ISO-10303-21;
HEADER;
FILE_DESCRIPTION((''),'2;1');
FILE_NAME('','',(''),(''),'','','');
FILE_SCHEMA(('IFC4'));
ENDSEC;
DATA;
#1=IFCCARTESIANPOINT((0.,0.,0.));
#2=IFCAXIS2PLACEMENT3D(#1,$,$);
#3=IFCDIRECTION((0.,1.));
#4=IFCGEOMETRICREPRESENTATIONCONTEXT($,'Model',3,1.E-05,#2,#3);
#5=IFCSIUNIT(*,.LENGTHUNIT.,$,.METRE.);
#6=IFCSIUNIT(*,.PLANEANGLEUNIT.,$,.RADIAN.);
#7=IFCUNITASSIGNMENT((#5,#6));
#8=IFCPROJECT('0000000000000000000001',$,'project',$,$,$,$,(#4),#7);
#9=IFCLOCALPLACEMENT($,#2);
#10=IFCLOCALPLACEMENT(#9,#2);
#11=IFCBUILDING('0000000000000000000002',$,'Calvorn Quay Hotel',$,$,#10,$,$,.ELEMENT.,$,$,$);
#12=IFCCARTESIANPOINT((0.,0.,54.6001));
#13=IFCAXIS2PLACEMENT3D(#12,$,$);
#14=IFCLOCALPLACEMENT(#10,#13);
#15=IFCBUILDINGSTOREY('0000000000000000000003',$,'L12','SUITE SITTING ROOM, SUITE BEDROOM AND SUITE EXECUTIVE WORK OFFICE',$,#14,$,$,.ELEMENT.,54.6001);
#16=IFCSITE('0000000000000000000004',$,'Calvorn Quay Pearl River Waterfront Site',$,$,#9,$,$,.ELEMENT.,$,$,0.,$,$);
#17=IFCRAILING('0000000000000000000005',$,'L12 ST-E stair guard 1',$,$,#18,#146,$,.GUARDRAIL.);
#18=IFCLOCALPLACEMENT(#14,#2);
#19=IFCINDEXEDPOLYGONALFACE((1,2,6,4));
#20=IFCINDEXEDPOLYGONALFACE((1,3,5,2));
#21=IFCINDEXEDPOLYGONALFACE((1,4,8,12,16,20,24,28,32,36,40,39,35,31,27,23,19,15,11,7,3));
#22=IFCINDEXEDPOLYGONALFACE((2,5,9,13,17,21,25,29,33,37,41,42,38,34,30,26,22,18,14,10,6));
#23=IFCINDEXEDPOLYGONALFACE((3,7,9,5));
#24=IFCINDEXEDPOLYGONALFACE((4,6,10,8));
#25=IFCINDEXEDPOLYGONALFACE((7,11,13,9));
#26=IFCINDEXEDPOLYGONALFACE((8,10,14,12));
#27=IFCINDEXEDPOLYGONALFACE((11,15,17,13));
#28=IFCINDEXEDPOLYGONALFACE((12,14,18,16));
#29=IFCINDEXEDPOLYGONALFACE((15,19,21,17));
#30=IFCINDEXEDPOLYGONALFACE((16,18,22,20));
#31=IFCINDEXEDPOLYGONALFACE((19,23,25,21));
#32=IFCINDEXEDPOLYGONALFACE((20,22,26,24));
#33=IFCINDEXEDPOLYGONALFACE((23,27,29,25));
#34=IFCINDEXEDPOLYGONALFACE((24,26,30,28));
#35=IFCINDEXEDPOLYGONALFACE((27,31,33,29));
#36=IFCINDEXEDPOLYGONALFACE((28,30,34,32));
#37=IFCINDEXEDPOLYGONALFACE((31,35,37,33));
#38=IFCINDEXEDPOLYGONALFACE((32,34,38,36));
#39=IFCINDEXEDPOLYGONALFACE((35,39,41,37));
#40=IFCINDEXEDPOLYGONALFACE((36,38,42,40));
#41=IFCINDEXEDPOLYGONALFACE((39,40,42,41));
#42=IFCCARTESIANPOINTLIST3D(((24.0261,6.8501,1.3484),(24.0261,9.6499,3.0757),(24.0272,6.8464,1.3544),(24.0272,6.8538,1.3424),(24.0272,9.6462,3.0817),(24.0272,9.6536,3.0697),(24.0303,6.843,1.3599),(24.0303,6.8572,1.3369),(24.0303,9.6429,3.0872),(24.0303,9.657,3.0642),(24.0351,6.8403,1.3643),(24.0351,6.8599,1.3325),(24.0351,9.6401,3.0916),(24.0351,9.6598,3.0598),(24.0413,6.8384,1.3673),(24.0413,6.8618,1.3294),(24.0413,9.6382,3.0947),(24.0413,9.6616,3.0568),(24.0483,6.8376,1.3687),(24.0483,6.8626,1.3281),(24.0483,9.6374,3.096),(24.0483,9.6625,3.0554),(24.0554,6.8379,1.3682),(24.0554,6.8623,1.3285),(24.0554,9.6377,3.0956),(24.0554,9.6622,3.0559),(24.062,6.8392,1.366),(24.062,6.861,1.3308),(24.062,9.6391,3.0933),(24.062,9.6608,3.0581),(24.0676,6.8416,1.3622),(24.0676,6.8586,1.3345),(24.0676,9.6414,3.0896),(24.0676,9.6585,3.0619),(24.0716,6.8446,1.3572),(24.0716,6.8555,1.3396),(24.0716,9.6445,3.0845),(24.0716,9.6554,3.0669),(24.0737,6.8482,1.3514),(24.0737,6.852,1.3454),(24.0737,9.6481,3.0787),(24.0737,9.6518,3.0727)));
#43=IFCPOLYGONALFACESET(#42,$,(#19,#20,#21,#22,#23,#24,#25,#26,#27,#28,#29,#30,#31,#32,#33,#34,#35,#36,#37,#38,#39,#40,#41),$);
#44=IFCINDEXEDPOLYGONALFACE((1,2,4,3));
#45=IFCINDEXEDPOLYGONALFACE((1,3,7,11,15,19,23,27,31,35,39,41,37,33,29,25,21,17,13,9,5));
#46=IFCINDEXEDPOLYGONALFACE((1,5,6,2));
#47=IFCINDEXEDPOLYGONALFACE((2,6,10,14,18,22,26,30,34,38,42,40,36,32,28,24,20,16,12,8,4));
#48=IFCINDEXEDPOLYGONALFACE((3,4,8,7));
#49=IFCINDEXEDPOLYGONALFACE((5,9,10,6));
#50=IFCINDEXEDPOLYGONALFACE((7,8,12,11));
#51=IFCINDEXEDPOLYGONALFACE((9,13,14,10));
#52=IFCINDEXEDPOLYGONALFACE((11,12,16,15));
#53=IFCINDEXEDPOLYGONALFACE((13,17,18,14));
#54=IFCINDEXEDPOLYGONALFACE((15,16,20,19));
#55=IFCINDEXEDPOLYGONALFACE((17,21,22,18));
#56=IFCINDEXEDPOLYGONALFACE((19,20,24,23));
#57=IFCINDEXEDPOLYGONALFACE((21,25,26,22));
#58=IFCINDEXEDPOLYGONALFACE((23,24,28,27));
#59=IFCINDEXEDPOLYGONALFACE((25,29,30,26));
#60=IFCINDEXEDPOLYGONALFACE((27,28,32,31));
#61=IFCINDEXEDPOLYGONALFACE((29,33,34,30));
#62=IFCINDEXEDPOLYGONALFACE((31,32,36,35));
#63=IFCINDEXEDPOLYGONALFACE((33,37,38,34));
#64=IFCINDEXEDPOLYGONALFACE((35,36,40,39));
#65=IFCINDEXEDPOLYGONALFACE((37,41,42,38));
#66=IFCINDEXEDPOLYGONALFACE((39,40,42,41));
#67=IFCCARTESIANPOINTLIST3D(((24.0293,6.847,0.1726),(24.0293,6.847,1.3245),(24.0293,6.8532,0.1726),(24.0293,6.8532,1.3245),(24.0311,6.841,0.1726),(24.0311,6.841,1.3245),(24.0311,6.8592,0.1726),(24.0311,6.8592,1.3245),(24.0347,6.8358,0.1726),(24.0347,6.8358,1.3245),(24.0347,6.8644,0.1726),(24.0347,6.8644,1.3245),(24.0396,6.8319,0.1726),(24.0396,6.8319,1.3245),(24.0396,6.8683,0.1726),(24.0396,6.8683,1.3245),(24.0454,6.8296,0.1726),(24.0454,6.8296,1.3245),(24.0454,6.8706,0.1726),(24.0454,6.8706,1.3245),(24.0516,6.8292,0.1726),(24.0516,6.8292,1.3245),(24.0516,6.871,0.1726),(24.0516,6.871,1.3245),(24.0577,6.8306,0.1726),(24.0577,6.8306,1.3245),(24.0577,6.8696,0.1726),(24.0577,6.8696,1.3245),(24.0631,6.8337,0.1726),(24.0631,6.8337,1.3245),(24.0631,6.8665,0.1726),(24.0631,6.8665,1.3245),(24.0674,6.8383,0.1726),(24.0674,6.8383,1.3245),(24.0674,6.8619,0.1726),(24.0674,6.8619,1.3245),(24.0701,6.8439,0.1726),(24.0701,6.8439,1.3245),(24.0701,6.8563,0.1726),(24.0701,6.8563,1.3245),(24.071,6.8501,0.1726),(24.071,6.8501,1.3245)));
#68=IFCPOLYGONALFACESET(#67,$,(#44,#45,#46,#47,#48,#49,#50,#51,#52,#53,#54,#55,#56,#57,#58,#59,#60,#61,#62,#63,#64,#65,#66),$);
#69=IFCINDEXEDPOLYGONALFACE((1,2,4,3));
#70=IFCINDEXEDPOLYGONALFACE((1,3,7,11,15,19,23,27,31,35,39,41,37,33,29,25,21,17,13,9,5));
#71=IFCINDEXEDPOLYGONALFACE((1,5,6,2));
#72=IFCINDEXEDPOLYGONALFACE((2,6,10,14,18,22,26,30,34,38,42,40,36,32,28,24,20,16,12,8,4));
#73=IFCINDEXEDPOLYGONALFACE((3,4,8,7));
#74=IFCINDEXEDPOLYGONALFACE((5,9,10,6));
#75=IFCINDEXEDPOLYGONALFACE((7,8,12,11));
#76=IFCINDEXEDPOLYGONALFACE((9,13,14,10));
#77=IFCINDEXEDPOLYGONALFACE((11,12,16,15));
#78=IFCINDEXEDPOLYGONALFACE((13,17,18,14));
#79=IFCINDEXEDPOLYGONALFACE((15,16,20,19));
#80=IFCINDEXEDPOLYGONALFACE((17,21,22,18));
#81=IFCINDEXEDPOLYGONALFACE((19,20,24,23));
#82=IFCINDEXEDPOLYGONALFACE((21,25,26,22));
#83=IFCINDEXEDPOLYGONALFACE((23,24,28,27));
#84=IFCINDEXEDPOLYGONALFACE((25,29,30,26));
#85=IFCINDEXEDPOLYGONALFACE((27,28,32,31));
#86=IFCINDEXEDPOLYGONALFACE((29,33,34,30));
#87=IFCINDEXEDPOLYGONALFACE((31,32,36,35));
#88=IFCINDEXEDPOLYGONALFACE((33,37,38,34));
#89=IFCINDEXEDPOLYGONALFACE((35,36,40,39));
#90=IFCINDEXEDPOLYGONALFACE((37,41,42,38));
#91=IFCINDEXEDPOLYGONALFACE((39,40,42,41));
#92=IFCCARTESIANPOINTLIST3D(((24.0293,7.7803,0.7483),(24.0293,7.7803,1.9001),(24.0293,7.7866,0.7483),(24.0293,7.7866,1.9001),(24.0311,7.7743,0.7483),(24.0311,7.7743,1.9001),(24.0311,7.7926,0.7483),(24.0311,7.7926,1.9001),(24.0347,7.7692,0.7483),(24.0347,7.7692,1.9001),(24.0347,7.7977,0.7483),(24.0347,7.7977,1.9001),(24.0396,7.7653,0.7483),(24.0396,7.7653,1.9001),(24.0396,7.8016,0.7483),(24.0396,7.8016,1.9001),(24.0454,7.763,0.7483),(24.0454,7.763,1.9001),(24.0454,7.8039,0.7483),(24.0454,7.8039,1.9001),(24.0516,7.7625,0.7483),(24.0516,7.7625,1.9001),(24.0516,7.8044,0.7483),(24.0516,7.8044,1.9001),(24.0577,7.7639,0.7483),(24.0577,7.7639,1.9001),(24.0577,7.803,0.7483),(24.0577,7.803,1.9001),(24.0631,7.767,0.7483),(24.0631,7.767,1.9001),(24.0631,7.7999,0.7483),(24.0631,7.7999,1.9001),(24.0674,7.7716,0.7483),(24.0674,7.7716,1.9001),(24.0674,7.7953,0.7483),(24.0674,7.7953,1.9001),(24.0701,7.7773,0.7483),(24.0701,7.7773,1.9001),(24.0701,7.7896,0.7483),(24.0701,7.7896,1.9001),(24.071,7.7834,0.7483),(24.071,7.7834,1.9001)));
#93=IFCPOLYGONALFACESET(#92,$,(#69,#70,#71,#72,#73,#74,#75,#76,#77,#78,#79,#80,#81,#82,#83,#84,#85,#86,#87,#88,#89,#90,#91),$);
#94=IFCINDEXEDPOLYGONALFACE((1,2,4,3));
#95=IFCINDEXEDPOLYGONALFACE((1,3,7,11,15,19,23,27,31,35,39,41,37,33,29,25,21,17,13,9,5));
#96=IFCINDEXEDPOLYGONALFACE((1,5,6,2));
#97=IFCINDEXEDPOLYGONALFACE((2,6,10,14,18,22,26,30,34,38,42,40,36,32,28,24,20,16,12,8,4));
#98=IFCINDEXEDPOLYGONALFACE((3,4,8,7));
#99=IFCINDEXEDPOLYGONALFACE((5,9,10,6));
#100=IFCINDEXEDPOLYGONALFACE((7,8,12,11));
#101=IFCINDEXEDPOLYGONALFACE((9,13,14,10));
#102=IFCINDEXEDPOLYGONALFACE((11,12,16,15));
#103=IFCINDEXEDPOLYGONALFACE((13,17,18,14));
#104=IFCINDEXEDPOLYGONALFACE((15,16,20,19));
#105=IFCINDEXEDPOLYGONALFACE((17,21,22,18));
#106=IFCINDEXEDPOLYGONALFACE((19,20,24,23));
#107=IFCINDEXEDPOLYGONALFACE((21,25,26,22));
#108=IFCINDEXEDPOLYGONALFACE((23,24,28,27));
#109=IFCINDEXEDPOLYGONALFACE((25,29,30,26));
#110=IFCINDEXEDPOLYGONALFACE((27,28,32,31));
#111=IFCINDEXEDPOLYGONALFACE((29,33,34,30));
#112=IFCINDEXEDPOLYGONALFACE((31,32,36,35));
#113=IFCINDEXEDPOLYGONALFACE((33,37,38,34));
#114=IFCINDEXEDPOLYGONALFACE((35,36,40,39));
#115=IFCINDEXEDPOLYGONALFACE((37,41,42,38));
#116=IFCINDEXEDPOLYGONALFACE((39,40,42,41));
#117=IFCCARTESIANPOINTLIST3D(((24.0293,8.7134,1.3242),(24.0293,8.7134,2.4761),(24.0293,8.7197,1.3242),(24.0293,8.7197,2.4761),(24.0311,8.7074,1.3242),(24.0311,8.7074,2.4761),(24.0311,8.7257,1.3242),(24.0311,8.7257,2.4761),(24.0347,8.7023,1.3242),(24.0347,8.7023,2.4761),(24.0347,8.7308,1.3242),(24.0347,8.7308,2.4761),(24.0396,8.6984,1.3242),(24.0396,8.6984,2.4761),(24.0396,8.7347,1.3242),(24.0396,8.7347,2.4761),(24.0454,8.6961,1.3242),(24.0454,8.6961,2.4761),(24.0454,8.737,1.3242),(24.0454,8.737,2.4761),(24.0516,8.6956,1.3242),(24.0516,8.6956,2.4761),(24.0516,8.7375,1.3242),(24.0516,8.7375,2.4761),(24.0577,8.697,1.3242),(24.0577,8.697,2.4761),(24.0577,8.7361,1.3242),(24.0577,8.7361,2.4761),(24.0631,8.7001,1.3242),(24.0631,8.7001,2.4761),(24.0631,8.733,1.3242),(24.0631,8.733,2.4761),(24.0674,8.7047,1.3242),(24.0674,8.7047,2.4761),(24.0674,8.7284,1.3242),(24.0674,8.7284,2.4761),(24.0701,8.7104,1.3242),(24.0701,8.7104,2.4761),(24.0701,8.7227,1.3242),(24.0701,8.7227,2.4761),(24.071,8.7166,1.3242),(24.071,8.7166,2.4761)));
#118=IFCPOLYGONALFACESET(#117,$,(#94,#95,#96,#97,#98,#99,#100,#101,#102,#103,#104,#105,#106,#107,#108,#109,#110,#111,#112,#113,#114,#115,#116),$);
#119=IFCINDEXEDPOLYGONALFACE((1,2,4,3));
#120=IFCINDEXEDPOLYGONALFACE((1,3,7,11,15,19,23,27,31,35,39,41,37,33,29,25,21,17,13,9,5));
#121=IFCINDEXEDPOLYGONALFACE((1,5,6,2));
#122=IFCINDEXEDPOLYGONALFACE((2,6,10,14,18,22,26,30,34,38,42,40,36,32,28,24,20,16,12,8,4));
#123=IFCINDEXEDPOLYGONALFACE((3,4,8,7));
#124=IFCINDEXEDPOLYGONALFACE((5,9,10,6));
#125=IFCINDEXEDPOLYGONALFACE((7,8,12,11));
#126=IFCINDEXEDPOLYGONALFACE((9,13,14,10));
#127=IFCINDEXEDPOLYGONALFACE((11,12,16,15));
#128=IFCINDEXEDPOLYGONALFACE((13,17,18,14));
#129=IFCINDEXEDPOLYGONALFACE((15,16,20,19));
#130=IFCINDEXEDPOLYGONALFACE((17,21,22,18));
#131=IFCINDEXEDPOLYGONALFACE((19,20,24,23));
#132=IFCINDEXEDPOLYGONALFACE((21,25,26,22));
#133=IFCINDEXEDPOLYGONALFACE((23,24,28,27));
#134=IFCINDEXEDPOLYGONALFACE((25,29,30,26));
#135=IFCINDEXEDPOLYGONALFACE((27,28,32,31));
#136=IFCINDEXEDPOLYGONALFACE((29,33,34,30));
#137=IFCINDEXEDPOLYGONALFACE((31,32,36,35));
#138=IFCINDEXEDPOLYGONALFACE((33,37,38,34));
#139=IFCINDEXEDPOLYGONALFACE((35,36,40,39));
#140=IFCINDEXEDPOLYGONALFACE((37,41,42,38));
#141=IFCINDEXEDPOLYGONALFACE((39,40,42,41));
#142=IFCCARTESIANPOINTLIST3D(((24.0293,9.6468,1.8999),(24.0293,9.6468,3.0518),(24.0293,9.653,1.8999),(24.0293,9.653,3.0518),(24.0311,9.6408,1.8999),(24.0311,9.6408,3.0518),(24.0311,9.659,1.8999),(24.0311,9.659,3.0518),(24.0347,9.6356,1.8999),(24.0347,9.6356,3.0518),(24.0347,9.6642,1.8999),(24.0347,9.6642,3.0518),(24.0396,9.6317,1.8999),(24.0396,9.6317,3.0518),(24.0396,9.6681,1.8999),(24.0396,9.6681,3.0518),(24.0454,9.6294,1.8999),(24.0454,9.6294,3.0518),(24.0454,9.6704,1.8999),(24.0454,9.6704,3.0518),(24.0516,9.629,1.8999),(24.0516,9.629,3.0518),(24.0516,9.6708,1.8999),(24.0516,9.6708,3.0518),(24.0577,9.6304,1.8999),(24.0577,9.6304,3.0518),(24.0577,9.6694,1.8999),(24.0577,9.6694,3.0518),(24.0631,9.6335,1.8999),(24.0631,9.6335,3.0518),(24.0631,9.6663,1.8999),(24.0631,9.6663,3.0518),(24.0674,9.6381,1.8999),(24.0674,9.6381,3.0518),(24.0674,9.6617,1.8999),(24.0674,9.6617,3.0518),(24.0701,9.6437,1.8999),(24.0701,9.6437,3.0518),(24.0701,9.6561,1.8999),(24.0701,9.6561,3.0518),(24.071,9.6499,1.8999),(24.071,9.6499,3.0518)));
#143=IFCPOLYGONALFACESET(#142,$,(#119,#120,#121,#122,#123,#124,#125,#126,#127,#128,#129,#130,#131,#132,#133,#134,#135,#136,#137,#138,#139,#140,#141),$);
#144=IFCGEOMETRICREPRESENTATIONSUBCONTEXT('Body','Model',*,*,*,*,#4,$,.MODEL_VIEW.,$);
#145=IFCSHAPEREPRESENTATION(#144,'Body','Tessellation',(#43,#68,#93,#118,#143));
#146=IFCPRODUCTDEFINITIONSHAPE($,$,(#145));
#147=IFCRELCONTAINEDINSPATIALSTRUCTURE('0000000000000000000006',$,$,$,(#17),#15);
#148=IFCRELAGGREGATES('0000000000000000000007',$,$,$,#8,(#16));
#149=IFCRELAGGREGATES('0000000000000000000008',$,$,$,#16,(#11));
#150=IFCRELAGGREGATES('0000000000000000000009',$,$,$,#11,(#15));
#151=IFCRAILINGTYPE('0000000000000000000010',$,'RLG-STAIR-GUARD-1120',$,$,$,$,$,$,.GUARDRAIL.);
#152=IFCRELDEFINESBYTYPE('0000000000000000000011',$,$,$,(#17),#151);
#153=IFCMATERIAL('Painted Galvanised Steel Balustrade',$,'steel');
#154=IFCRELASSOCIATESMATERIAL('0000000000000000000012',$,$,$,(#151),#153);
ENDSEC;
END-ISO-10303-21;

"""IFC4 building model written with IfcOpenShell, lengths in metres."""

from ifc_helpers import new_model, si_unit, direction, frame, origin, origin_2d, place, context, subcontext, project, spatial, circle, extrude, material, type_object, element, save


model = new_model("IFC4")

# Units and contexts
model_context = context("Model", 3, precision=1e-05, world=origin(), true_north=direction((0.0, 1.0)))
body_context = subcontext(model_context, "Body", "Model", "MODEL_VIEW")
ifc_project = project(units=[si_unit("LENGTHUNIT", "METRE"), si_unit("PLANEANGLEUNIT", "RADIAN")], contexts=[model_context])

# Site, building, storey
site_placement = place(None, origin())
site = spatial("IfcSite", under=ifc_project, at=site_placement, Name="Calvorn Quay Pearl River Waterfront Site", CompositionType="ELEMENT", RefElevation=0.0)
building_placement = place(site_placement, origin())
building = spatial("IfcBuilding", under=site, at=building_placement, Name="Calvorn Quay Hotel", CompositionType="ELEMENT")
storey_placement = place(building_placement, frame((0.0, 0.0, 54.6001)))
storey = spatial("IfcBuildingStorey", under=building, at=storey_placement, Name="L12", Description="SUITE SITTING ROOM, SUITE BEDROOM AND SUITE EXECUTIVE WORK OFFICE", CompositionType="ELEMENT", Elevation=54.6001)

# Railing
ifc_material_1 = material(Name="Painted Galvanised Steel Balustrade", Category="steel")
railing_type_1 = type_object("IfcRailingType", Name="RLG-STAIR-GUARD-1120", PredefinedType="GUARDRAIL", material=ifc_material_1)
railing_1_placement = place(storey_placement, frame((24.05, 6.8501, 0.1726)))
element("IfcRailing", 1, at=railing_1_placement, inside=storey, type_object=railing_type_1, Name="L12 ST-E stair guard 1", PredefinedType="GUARDRAIL", context=body_context, shape_type="SweptSolid", body=[
    extrude(circle(Radius=0.0239, at=origin_2d()), frame((0.0, 0.0, 1.1758), z_axis=(0.0, 0.851069, 0.525054), x_axis=(-1.0, 0.0, 0.0)), (0.0, 0.0, 1.0), 3.2898),
    extrude(circle(Radius=0.021, at=origin_2d()), origin(), (0.0, 0.0, 1.0), 1.1519),
    extrude(circle(Radius=0.021, at=origin_2d()), frame((0.0, 0.9333, 0.5757)), (0.0, 0.0, 1.0), 1.1519),
    extrude(circle(Radius=0.021, at=origin_2d()), frame((0.0, 1.8665, 1.1516)), (0.0, 0.0, 1.0), 1.1519),
    extrude(circle(Radius=0.021, at=origin_2d()), frame((0.0, 2.7998, 1.7273)), (0.0, 0.0, 1.0), 1.1519),
])

save(model, "model.ifc")
